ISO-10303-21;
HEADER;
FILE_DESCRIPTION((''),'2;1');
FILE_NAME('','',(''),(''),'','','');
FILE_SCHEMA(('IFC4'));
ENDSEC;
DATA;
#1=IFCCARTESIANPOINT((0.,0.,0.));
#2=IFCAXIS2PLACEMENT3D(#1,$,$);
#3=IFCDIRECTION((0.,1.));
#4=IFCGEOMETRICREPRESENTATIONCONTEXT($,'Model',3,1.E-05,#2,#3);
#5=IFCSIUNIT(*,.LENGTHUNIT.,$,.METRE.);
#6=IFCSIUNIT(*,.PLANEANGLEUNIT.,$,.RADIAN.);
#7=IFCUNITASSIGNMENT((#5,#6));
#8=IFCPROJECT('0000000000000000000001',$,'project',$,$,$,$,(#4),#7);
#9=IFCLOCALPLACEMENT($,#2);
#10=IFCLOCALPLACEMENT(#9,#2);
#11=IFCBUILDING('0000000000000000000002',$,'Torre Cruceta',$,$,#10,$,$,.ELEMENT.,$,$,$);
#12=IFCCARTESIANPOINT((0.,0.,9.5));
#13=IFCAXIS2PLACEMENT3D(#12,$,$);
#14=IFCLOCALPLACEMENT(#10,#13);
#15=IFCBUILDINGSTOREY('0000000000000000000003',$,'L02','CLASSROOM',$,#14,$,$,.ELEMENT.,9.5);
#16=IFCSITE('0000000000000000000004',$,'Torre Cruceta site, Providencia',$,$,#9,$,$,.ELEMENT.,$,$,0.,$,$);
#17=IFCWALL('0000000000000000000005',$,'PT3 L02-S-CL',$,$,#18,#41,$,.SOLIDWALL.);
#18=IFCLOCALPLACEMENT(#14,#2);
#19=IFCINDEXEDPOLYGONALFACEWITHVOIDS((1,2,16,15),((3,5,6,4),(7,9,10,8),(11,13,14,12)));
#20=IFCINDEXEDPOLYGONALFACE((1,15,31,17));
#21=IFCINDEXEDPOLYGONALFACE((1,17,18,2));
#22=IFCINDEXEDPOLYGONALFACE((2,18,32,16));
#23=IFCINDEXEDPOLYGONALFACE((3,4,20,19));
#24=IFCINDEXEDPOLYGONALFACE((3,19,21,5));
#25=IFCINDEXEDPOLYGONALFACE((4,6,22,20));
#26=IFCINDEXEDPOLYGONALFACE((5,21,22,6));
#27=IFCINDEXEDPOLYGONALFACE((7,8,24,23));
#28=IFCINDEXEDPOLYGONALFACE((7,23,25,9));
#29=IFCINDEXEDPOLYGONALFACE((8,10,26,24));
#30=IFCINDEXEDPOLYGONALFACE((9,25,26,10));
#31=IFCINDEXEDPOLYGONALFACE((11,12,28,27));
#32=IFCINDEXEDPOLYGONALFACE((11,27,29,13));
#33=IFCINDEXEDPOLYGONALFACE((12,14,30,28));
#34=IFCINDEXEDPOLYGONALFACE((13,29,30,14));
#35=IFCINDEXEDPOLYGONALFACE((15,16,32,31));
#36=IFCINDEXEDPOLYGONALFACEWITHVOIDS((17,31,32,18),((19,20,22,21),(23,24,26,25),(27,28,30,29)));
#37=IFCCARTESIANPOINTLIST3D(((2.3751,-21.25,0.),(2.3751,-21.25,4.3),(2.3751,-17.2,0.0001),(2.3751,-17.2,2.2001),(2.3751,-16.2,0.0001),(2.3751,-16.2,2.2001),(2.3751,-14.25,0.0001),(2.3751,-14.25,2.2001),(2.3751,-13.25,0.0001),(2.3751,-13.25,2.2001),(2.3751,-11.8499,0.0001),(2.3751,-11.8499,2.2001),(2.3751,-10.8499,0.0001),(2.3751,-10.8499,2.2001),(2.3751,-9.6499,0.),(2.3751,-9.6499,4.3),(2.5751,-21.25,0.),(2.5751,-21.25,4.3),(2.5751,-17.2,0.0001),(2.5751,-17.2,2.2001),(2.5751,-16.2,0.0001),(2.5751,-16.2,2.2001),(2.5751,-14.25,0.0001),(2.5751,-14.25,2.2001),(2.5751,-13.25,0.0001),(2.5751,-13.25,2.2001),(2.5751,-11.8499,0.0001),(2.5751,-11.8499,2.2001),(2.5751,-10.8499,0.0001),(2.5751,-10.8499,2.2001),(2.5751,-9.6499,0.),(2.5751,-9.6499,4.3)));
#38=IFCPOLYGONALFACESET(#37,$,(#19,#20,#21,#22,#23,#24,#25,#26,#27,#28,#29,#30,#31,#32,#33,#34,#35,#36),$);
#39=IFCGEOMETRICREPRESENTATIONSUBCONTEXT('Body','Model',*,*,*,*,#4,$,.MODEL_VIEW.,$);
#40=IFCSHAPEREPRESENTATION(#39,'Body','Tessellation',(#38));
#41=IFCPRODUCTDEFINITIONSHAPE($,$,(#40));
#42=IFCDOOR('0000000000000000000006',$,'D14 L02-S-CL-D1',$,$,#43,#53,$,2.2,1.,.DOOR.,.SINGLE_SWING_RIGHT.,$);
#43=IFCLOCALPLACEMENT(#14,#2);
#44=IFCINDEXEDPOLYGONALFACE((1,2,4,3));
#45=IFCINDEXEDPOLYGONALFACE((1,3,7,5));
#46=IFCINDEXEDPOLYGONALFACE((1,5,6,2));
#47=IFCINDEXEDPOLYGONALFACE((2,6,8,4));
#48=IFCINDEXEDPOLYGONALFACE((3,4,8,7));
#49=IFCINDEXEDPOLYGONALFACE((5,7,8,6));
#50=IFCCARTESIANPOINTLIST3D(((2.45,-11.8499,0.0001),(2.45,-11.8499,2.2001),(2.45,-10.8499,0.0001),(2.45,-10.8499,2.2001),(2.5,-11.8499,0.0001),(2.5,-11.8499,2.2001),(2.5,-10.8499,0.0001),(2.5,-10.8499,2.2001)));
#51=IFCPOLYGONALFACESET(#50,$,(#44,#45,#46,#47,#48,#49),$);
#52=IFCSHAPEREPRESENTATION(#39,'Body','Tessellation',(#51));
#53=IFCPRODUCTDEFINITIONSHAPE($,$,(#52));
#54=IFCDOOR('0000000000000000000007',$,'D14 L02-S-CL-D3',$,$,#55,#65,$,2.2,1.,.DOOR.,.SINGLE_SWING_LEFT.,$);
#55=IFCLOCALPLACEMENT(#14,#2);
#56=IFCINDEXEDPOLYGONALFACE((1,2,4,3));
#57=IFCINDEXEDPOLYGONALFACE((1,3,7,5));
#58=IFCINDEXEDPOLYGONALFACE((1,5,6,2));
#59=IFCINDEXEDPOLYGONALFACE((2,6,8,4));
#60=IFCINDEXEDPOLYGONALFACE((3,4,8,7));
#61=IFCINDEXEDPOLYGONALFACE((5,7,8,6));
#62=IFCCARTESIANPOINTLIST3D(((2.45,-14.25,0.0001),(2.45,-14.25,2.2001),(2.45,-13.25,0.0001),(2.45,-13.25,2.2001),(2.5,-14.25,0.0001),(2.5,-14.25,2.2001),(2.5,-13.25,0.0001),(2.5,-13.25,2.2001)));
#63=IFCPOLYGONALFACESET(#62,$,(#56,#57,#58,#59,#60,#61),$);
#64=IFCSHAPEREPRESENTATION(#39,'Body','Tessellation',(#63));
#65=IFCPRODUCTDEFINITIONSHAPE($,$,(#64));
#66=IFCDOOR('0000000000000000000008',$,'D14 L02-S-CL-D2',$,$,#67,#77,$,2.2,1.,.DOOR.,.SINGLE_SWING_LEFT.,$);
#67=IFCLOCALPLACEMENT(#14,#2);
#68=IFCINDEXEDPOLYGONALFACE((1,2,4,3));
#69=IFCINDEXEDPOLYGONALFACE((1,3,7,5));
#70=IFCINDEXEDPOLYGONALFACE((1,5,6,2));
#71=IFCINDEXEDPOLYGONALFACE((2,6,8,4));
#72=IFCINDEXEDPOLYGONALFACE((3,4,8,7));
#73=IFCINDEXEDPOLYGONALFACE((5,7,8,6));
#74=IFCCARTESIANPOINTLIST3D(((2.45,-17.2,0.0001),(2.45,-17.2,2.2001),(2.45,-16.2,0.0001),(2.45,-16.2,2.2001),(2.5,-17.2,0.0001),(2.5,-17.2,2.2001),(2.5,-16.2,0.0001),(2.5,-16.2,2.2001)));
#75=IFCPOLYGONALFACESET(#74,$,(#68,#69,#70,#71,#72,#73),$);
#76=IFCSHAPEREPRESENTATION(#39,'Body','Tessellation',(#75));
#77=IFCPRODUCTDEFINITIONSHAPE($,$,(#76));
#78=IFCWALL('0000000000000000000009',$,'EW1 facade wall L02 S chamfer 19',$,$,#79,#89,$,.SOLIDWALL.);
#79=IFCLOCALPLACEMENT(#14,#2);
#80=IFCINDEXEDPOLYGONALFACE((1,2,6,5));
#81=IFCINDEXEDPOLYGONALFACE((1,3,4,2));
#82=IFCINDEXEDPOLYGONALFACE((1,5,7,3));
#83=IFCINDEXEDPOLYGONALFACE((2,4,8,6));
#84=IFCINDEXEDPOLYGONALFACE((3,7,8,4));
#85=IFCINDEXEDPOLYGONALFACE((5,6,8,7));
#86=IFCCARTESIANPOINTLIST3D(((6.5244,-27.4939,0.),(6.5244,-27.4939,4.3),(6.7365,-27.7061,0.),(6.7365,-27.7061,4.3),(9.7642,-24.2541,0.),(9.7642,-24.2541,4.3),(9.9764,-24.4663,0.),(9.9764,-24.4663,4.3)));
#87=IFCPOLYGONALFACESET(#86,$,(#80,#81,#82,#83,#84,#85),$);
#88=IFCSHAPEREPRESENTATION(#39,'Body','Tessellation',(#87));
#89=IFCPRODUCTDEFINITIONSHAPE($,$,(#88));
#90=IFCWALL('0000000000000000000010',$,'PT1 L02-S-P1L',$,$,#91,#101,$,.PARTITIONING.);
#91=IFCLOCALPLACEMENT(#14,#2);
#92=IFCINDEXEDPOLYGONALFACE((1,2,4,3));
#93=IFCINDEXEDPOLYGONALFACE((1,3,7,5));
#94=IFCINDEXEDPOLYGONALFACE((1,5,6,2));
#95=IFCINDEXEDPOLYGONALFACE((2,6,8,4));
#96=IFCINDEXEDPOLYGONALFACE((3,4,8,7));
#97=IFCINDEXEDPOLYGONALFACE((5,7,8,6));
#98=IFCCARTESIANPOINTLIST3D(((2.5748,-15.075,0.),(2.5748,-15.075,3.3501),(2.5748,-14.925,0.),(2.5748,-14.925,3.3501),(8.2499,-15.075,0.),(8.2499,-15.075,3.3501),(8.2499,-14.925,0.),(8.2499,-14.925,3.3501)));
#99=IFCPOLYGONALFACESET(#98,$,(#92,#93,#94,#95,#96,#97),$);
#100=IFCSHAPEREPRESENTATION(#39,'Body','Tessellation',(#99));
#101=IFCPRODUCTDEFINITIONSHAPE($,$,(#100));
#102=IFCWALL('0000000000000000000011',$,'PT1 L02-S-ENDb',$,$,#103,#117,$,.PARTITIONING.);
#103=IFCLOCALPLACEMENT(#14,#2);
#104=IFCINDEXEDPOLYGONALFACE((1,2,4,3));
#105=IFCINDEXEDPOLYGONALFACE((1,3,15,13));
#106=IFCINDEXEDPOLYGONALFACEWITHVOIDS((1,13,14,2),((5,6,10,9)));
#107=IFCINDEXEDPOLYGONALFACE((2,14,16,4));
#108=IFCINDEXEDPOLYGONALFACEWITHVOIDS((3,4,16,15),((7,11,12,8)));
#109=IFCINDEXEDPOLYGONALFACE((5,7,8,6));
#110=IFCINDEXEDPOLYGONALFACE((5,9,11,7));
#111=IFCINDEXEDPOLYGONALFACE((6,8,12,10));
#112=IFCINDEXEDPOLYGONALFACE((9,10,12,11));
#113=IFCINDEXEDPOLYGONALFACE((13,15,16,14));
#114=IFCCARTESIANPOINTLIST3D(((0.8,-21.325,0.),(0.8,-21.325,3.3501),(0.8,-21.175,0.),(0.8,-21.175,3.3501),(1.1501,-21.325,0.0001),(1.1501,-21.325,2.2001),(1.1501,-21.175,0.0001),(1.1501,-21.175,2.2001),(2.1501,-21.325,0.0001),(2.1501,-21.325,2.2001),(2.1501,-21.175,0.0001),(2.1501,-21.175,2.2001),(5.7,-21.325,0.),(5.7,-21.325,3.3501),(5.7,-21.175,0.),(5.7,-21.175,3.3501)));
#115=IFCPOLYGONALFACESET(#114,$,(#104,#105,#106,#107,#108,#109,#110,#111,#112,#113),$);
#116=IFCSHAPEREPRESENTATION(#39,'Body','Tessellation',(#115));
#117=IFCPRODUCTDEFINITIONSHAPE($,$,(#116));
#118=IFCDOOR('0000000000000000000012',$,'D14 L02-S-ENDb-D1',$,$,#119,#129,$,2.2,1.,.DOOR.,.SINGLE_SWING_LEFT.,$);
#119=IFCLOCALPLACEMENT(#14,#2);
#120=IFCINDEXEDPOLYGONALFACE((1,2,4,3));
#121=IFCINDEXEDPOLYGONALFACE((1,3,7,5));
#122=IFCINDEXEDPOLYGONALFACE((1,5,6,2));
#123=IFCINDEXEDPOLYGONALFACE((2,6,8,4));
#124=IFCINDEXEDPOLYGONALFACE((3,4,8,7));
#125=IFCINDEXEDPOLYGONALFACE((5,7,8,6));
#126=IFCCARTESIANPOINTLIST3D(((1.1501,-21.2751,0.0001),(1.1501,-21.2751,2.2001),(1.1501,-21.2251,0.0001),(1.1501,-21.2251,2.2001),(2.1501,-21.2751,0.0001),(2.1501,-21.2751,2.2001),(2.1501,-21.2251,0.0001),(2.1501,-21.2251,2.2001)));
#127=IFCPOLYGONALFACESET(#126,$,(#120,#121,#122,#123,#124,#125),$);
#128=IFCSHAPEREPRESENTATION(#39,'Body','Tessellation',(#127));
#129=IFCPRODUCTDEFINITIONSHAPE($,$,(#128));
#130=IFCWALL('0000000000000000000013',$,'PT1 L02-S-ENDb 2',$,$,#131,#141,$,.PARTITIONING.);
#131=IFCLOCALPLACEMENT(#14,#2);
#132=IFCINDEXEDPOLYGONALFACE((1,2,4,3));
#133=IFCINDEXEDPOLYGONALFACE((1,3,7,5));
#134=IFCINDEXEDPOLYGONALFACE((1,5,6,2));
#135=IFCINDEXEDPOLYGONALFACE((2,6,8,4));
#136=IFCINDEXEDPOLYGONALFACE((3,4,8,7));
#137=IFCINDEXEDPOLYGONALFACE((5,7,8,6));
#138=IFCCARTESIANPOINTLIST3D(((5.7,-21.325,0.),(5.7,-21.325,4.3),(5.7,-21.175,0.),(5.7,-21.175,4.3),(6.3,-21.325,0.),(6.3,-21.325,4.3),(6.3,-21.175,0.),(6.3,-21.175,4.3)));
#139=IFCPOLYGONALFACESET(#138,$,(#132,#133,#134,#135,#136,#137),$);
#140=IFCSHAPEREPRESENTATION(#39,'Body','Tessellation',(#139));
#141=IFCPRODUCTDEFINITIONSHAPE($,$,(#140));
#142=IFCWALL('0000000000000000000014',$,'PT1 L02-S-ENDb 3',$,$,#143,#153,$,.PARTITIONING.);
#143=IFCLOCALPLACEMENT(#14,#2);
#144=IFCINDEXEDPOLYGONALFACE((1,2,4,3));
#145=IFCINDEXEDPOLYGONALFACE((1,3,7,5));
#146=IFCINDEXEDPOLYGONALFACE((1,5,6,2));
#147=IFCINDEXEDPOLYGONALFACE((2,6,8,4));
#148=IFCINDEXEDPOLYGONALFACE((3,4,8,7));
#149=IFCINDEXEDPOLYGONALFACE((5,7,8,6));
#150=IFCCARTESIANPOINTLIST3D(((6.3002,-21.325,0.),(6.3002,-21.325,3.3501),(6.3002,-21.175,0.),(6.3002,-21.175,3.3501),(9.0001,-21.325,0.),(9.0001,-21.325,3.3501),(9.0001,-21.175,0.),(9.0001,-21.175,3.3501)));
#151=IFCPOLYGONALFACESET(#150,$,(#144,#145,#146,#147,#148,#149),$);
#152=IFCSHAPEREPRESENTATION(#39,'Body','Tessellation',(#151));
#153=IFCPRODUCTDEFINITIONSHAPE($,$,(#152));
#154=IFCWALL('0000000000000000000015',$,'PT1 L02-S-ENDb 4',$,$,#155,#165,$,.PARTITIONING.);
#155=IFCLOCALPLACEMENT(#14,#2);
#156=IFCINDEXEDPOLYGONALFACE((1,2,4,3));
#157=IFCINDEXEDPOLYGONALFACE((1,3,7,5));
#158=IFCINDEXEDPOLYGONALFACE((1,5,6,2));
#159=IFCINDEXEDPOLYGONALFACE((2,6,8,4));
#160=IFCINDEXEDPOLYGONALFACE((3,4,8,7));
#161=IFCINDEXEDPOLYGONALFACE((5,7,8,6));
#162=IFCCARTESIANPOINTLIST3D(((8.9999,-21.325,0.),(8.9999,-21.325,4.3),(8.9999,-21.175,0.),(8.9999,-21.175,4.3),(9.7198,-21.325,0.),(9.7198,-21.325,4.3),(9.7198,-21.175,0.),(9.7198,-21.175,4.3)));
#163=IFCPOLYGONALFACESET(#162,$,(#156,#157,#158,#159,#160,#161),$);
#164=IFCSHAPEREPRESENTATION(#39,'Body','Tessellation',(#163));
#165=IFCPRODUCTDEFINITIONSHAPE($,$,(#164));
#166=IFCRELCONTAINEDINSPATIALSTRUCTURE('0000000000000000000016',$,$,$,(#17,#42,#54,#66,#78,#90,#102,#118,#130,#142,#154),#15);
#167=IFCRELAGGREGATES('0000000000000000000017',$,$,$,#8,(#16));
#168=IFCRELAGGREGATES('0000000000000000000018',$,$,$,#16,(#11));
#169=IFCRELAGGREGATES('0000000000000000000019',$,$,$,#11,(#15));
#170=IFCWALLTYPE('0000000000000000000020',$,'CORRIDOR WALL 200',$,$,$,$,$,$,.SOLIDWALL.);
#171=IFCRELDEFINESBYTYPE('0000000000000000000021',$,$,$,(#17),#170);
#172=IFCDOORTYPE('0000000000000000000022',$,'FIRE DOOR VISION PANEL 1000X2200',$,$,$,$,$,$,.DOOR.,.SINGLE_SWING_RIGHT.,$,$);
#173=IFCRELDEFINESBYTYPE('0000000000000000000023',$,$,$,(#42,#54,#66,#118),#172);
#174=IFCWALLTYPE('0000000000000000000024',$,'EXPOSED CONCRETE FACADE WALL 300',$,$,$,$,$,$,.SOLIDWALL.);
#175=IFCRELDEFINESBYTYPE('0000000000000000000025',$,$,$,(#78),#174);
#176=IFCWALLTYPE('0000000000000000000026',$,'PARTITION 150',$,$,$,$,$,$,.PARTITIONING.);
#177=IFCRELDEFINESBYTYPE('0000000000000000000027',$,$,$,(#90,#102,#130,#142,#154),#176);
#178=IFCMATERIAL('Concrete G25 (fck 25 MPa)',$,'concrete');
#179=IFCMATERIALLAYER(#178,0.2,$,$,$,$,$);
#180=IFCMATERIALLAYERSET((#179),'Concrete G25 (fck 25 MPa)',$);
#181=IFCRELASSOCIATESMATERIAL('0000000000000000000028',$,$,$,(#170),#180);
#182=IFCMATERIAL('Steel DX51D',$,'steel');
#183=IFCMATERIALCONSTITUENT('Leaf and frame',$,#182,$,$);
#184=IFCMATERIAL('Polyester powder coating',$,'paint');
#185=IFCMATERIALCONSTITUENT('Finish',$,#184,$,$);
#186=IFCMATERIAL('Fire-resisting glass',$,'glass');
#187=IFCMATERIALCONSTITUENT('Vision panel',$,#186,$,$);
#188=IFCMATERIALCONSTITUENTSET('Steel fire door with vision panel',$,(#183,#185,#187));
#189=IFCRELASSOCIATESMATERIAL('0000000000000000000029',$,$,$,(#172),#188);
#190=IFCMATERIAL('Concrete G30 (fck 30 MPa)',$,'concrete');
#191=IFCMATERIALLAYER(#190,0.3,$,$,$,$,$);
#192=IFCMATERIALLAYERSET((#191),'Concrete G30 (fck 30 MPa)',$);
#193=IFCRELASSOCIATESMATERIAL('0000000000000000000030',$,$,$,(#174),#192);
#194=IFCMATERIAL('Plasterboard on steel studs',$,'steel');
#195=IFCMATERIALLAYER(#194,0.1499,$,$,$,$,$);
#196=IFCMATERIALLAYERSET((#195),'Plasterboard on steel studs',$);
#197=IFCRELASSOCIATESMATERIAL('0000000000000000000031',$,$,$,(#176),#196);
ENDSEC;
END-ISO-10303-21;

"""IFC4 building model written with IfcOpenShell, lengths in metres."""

from ifc_helpers import new_model, si_unit, direction, frame, frame_2d, origin, place, context, subcontext, project, spatial, rectangle, extrude, material, layer, layer_set, constituent, constituent_set, type_object, element, fill, save


model = new_model("IFC4")

# Units and contexts
model_context = context("Model", 3, precision=1e-05, world=origin(), true_north=direction((0.0, 1.0)))
body_context = subcontext(model_context, "Body", "Model", "MODEL_VIEW")
ifc_project = project(units=[si_unit("LENGTHUNIT", "METRE"), si_unit("PLANEANGLEUNIT", "RADIAN")], contexts=[model_context])

# Site, building, storey
site_placement = place(None, origin())
site = spatial("IfcSite", under=ifc_project, at=site_placement, Name="Torre Cruceta site, Providencia", CompositionType="ELEMENT", RefElevation=0.0)
building_placement = place(site_placement, origin())
building = spatial("IfcBuilding", under=site, at=building_placement, Name="Torre Cruceta", CompositionType="ELEMENT")
storey_placement = place(building_placement, frame((0.0, 0.0, 9.5)))
storey = spatial("IfcBuildingStorey", under=building, at=storey_placement, Name="L02", Description="CLASSROOM", CompositionType="ELEMENT", Elevation=9.5)

# Wall, openings, doors
ifc_material_1 = material(Name="Concrete G25 (fck 25 MPa)", Category="concrete")
ifc_layer_1 = layer(ifc_material_1, 0.2)
ifc_layer_set_1 = layer_set([ifc_layer_1], Name="Concrete G25 (fck 25 MPa)")
wall_type_1 = type_object("IfcWallType", Name="CORRIDOR WALL 200", PredefinedType="SOLIDWALL", material=ifc_layer_set_1)
wall_1_placement = place(storey_placement, frame((2.4751, -9.6499, 0.0), z_axis=(0.0, 0.0, 1.0), x_axis=(0.0, -1.0, 0.0)))
wall_1 = element("IfcWall", 1, at=wall_1_placement, inside=storey, type_object=wall_type_1, Name="PT3 L02-S-CL", PredefinedType="SOLIDWALL", context=body_context, shape_type="SweptSolid", body=[
    extrude(rectangle(XDim=11.6001, YDim=0.2, at=frame_2d((5.8, 0.0))), origin(), (0.0, 0.0, 1.0), 4.3),
])
opening_1_placement = place(wall_1_placement, frame((1.2, 0.0, 0.0)))
opening_1 = element("IfcOpeningElement", 2, at=opening_1_placement, cuts=wall_1, PredefinedType="OPENING", context=body_context, shape_type="SweptSolid", body=[
    extrude(rectangle(XDim=1.0, YDim=2.2, at=frame_2d((0.5, 1.1001))), frame((0.0, 0.1099, 0.0), z_axis=(0.0, -1.0, 0.0), x_axis=(1.0, 0.0, 0.0)), (0.0, 0.0, 1.0), 0.22),
])
opening_2_placement = place(wall_1_placement, frame((3.6001, 0.0, 0.0)))
opening_2 = element("IfcOpeningElement", 3, at=opening_2_placement, cuts=wall_1, PredefinedType="OPENING", context=body_context, shape_type="SweptSolid", body=[
    extrude(rectangle(XDim=1.0, YDim=2.2, at=frame_2d((0.5, 1.1001))), frame((0.0, 0.1099, 0.0), z_axis=(0.0, -1.0, 0.0), x_axis=(1.0, 0.0, 0.0)), (0.0, 0.0, 1.0), 0.22),
])
opening_3_placement = place(wall_1_placement, frame((6.55, 0.0, 0.0)))
opening_3 = element("IfcOpeningElement", 4, at=opening_3_placement, cuts=wall_1, PredefinedType="OPENING", context=body_context, shape_type="SweptSolid", body=[
    extrude(rectangle(XDim=1.0, YDim=2.2, at=frame_2d((0.5, 1.1001))), frame((0.0, 0.1099, 0.0), z_axis=(0.0, -1.0, 0.0), x_axis=(1.0, 0.0, 0.0)), (0.0, 0.0, 1.0), 0.22),
])
ifc_material_2 = material(Name="Steel DX51D", Category="steel")
ifc_constituent_1 = constituent(ifc_material_2, Name="Leaf and frame")
ifc_material_3 = material(Name="Polyester powder coating", Category="paint")
ifc_constituent_2 = constituent(ifc_material_3, Name="Finish")
ifc_material_4 = material(Name="Fire-resisting glass", Category="glass")
ifc_constituent_3 = constituent(ifc_material_4, Name="Vision panel")
ifc_constituent_set = constituent_set(constituents=[ifc_constituent_1, ifc_constituent_2, ifc_constituent_3], Name="Steel fire door with vision panel")
door_type = type_object("IfcDoorType", Name="FIRE DOOR VISION PANEL 1000X2200", OperationType="SINGLE_SWING_RIGHT", PredefinedType="DOOR", material=ifc_constituent_set)
door_1_placement = place(opening_1_placement, origin())
door_1 = element("IfcDoor", 5, at=door_1_placement, inside=storey, type_object=door_type, Name="D14 L02-S-CL-D1", OperationType="SINGLE_SWING_RIGHT", OverallHeight=2.2, OverallWidth=1.0, PredefinedType="DOOR", context=body_context, shape_type="SweptSolid", body=[
    extrude(rectangle(XDim=1.0, YDim=2.2, at=frame_2d((0.5, 1.1001))), frame((0.0, 0.0249, 0.0), z_axis=(0.0, -1.0, 0.0), x_axis=(1.0, 0.0, 0.0)), (0.0, 0.0, 1.0), 0.05),
])
fill(opening_1, door_1)
door_2_placement = place(opening_2_placement, origin())
door_2 = element("IfcDoor", 6, at=door_2_placement, inside=storey, type_object=door_type, Name="D14 L02-S-CL-D3", OperationType="SINGLE_SWING_LEFT", OverallHeight=2.2, OverallWidth=1.0, PredefinedType="DOOR", context=body_context, shape_type="SweptSolid", body=[
    extrude(rectangle(XDim=1.0, YDim=2.2, at=frame_2d((0.5, 1.1001))), frame((0.0, 0.0249, 0.0), z_axis=(0.0, -1.0, 0.0), x_axis=(1.0, 0.0, 0.0)), (0.0, 0.0, 1.0), 0.05),
])
fill(opening_2, door_2)
door_3_placement = place(opening_3_placement, origin())
door_3 = element("IfcDoor", 7, at=door_3_placement, inside=storey, type_object=door_type, Name="D14 L02-S-CL-D2", OperationType="SINGLE_SWING_LEFT", OverallHeight=2.2, OverallWidth=1.0, PredefinedType="DOOR", context=body_context, shape_type="SweptSolid", body=[
    extrude(rectangle(XDim=1.0, YDim=2.2, at=frame_2d((0.5, 1.1001))), frame((0.0, 0.0249, 0.0), z_axis=(0.0, -1.0, 0.0), x_axis=(1.0, 0.0, 0.0)), (0.0, 0.0, 1.0), 0.05),
])
fill(opening_3, door_3)

# Walls
ifc_material_5 = material(Name="Concrete G30 (fck 30 MPa)", Category="concrete")
ifc_layer_2 = layer(ifc_material_5, 0.3)
ifc_layer_set_2 = layer_set([ifc_layer_2], Name="Concrete G30 (fck 30 MPa)")
wall_type_2 = type_object("IfcWallType", Name="EXPOSED CONCRETE FACADE WALL 300", PredefinedType="SOLIDWALL", material=ifc_layer_set_2)
wall_2_placement = place(storey_placement, frame((6.6304, -27.6001, 0.0), z_axis=(0.0, 0.0, 1.0), x_axis=(0.707107, 0.707107, 0.0)))
element("IfcWall", 8, at=wall_2_placement, inside=storey, type_object=wall_type_2, Name="EW1 facade wall L02 S chamfer 19", PredefinedType="SOLIDWALL", context=body_context, shape_type="SweptSolid", body=[
    extrude(rectangle(XDim=4.5818, YDim=0.3, at=frame_2d((2.291, 0.0))), origin(), (0.0, 0.0, 1.0), 4.3),
])
ifc_material_6 = material(Name="Plasterboard on steel studs", Category="steel")
ifc_layer_3 = layer(ifc_material_6, 0.1499)
ifc_layer_set_3 = layer_set([ifc_layer_3], Name="Plasterboard on steel studs")
wall_type_3 = type_object("IfcWallType", Name="PARTITION 150", PredefinedType="PARTITIONING", material=ifc_layer_set_3)
wall_3_placement = place(storey_placement, frame((2.575, -15.0, 0.0), z_axis=(0.0, 0.0, 1.0), x_axis=(1.0, 0.0, 0.0)))
element("IfcWall", 9, at=wall_3_placement, inside=storey, type_object=wall_type_3, Name="PT1 L02-S-P1L", PredefinedType="PARTITIONING", context=body_context, shape_type="SweptSolid", body=[
    extrude(rectangle(XDim=5.675, YDim=0.1499, at=frame_2d((2.8374, 0.0))), origin(), (0.0, 0.0, 1.0), 3.3501),
])

# Wall, opening, door
wall_4_placement = place(storey_placement, frame((0.8, -21.25, 0.0), z_axis=(0.0, 0.0, 1.0), x_axis=(1.0, 0.0, 0.0)))
wall_4 = element("IfcWall", 10, at=wall_4_placement, inside=storey, type_object=wall_type_3, Name="PT1 L02-S-ENDb", PredefinedType="PARTITIONING", context=body_context, shape_type="SweptSolid", body=[
    extrude(rectangle(XDim=4.8999, YDim=0.1499, at=frame_2d((2.45, 0.0))), origin(), (0.0, 0.0, 1.0), 3.3501),
])
opening_4_placement = place(wall_4_placement, frame((0.3501, 0.0, 0.0)))
opening_4 = element("IfcOpeningElement", 11, at=opening_4_placement, cuts=wall_4, PredefinedType="OPENING", context=body_context, shape_type="SweptSolid", body=[
    extrude(rectangle(XDim=1.0, YDim=2.2, at=frame_2d((0.5, 1.1001))), frame((0.0, 0.085, 0.0), z_axis=(0.0, -1.0, 0.0), x_axis=(1.0, 0.0, 0.0)), (0.0, 0.0, 1.0), 0.1699),
])
door_4_placement = place(opening_4_placement, frame((1.0, 0.0, 0.0), z_axis=(0.0, 0.0, 1.0), x_axis=(-1.0, 0.0, 0.0)))
door_4 = element("IfcDoor", 12, at=door_4_placement, inside=storey, type_object=door_type, Name="D14 L02-S-ENDb-D1", OperationType="SINGLE_SWING_LEFT", OverallHeight=2.2, OverallWidth=1.0, PredefinedType="DOOR", context=body_context, shape_type="SweptSolid", body=[
    extrude(rectangle(XDim=1.0, YDim=2.2, at=frame_2d((0.5, 1.1001))), frame((0.0, 0.0251, 0.0), z_axis=(0.0, -1.0, 0.0), x_axis=(1.0, 0.0, 0.0)), (0.0, 0.0, 1.0), 0.05),
])
fill(opening_4, door_4)

# Walls
wall_5_placement = place(storey_placement, frame((5.7, -21.25, 0.0), z_axis=(0.0, 0.0, 1.0), x_axis=(1.0, 0.0, 0.0)))
element("IfcWall", 13, at=wall_5_placement, inside=storey, type_object=wall_type_3, Name="PT1 L02-S-ENDb 2", PredefinedType="PARTITIONING", context=body_context, shape_type="SweptSolid", body=[
    extrude(rectangle(XDim=0.6001, YDim=0.1499, at=frame_2d((0.3, 0.0))), origin(), (0.0, 0.0, 1.0), 4.3),
])
wall_6_placement = place(storey_placement, frame((6.3, -21.25, 0.0), z_axis=(0.0, 0.0, 1.0), x_axis=(1.0, 0.0, 0.0)))
element("IfcWall", 14, at=wall_6_placement, inside=storey, type_object=wall_type_3, Name="PT1 L02-S-ENDb 3", PredefinedType="PARTITIONING", context=body_context, shape_type="SweptSolid", body=[
    extrude(rectangle(XDim=2.7, YDim=0.1499, at=frame_2d((1.3501, 0.0))), origin(), (0.0, 0.0, 1.0), 3.3501),
])
wall_7_placement = place(storey_placement, frame((9.0, -21.25, 0.0), z_axis=(0.0, 0.0, 1.0), x_axis=(1.0, 0.0, 0.0)))
element("IfcWall", 15, at=wall_7_placement, inside=storey, type_object=wall_type_3, Name="PT1 L02-S-ENDb 4", PredefinedType="PARTITIONING", context=body_context, shape_type="SweptSolid", body=[
    extrude(rectangle(XDim=0.72, YDim=0.1499, at=frame_2d((0.3599, 0.0))), origin(), (0.0, 0.0, 1.0), 4.3),
])

save(model, "model.ifc")
